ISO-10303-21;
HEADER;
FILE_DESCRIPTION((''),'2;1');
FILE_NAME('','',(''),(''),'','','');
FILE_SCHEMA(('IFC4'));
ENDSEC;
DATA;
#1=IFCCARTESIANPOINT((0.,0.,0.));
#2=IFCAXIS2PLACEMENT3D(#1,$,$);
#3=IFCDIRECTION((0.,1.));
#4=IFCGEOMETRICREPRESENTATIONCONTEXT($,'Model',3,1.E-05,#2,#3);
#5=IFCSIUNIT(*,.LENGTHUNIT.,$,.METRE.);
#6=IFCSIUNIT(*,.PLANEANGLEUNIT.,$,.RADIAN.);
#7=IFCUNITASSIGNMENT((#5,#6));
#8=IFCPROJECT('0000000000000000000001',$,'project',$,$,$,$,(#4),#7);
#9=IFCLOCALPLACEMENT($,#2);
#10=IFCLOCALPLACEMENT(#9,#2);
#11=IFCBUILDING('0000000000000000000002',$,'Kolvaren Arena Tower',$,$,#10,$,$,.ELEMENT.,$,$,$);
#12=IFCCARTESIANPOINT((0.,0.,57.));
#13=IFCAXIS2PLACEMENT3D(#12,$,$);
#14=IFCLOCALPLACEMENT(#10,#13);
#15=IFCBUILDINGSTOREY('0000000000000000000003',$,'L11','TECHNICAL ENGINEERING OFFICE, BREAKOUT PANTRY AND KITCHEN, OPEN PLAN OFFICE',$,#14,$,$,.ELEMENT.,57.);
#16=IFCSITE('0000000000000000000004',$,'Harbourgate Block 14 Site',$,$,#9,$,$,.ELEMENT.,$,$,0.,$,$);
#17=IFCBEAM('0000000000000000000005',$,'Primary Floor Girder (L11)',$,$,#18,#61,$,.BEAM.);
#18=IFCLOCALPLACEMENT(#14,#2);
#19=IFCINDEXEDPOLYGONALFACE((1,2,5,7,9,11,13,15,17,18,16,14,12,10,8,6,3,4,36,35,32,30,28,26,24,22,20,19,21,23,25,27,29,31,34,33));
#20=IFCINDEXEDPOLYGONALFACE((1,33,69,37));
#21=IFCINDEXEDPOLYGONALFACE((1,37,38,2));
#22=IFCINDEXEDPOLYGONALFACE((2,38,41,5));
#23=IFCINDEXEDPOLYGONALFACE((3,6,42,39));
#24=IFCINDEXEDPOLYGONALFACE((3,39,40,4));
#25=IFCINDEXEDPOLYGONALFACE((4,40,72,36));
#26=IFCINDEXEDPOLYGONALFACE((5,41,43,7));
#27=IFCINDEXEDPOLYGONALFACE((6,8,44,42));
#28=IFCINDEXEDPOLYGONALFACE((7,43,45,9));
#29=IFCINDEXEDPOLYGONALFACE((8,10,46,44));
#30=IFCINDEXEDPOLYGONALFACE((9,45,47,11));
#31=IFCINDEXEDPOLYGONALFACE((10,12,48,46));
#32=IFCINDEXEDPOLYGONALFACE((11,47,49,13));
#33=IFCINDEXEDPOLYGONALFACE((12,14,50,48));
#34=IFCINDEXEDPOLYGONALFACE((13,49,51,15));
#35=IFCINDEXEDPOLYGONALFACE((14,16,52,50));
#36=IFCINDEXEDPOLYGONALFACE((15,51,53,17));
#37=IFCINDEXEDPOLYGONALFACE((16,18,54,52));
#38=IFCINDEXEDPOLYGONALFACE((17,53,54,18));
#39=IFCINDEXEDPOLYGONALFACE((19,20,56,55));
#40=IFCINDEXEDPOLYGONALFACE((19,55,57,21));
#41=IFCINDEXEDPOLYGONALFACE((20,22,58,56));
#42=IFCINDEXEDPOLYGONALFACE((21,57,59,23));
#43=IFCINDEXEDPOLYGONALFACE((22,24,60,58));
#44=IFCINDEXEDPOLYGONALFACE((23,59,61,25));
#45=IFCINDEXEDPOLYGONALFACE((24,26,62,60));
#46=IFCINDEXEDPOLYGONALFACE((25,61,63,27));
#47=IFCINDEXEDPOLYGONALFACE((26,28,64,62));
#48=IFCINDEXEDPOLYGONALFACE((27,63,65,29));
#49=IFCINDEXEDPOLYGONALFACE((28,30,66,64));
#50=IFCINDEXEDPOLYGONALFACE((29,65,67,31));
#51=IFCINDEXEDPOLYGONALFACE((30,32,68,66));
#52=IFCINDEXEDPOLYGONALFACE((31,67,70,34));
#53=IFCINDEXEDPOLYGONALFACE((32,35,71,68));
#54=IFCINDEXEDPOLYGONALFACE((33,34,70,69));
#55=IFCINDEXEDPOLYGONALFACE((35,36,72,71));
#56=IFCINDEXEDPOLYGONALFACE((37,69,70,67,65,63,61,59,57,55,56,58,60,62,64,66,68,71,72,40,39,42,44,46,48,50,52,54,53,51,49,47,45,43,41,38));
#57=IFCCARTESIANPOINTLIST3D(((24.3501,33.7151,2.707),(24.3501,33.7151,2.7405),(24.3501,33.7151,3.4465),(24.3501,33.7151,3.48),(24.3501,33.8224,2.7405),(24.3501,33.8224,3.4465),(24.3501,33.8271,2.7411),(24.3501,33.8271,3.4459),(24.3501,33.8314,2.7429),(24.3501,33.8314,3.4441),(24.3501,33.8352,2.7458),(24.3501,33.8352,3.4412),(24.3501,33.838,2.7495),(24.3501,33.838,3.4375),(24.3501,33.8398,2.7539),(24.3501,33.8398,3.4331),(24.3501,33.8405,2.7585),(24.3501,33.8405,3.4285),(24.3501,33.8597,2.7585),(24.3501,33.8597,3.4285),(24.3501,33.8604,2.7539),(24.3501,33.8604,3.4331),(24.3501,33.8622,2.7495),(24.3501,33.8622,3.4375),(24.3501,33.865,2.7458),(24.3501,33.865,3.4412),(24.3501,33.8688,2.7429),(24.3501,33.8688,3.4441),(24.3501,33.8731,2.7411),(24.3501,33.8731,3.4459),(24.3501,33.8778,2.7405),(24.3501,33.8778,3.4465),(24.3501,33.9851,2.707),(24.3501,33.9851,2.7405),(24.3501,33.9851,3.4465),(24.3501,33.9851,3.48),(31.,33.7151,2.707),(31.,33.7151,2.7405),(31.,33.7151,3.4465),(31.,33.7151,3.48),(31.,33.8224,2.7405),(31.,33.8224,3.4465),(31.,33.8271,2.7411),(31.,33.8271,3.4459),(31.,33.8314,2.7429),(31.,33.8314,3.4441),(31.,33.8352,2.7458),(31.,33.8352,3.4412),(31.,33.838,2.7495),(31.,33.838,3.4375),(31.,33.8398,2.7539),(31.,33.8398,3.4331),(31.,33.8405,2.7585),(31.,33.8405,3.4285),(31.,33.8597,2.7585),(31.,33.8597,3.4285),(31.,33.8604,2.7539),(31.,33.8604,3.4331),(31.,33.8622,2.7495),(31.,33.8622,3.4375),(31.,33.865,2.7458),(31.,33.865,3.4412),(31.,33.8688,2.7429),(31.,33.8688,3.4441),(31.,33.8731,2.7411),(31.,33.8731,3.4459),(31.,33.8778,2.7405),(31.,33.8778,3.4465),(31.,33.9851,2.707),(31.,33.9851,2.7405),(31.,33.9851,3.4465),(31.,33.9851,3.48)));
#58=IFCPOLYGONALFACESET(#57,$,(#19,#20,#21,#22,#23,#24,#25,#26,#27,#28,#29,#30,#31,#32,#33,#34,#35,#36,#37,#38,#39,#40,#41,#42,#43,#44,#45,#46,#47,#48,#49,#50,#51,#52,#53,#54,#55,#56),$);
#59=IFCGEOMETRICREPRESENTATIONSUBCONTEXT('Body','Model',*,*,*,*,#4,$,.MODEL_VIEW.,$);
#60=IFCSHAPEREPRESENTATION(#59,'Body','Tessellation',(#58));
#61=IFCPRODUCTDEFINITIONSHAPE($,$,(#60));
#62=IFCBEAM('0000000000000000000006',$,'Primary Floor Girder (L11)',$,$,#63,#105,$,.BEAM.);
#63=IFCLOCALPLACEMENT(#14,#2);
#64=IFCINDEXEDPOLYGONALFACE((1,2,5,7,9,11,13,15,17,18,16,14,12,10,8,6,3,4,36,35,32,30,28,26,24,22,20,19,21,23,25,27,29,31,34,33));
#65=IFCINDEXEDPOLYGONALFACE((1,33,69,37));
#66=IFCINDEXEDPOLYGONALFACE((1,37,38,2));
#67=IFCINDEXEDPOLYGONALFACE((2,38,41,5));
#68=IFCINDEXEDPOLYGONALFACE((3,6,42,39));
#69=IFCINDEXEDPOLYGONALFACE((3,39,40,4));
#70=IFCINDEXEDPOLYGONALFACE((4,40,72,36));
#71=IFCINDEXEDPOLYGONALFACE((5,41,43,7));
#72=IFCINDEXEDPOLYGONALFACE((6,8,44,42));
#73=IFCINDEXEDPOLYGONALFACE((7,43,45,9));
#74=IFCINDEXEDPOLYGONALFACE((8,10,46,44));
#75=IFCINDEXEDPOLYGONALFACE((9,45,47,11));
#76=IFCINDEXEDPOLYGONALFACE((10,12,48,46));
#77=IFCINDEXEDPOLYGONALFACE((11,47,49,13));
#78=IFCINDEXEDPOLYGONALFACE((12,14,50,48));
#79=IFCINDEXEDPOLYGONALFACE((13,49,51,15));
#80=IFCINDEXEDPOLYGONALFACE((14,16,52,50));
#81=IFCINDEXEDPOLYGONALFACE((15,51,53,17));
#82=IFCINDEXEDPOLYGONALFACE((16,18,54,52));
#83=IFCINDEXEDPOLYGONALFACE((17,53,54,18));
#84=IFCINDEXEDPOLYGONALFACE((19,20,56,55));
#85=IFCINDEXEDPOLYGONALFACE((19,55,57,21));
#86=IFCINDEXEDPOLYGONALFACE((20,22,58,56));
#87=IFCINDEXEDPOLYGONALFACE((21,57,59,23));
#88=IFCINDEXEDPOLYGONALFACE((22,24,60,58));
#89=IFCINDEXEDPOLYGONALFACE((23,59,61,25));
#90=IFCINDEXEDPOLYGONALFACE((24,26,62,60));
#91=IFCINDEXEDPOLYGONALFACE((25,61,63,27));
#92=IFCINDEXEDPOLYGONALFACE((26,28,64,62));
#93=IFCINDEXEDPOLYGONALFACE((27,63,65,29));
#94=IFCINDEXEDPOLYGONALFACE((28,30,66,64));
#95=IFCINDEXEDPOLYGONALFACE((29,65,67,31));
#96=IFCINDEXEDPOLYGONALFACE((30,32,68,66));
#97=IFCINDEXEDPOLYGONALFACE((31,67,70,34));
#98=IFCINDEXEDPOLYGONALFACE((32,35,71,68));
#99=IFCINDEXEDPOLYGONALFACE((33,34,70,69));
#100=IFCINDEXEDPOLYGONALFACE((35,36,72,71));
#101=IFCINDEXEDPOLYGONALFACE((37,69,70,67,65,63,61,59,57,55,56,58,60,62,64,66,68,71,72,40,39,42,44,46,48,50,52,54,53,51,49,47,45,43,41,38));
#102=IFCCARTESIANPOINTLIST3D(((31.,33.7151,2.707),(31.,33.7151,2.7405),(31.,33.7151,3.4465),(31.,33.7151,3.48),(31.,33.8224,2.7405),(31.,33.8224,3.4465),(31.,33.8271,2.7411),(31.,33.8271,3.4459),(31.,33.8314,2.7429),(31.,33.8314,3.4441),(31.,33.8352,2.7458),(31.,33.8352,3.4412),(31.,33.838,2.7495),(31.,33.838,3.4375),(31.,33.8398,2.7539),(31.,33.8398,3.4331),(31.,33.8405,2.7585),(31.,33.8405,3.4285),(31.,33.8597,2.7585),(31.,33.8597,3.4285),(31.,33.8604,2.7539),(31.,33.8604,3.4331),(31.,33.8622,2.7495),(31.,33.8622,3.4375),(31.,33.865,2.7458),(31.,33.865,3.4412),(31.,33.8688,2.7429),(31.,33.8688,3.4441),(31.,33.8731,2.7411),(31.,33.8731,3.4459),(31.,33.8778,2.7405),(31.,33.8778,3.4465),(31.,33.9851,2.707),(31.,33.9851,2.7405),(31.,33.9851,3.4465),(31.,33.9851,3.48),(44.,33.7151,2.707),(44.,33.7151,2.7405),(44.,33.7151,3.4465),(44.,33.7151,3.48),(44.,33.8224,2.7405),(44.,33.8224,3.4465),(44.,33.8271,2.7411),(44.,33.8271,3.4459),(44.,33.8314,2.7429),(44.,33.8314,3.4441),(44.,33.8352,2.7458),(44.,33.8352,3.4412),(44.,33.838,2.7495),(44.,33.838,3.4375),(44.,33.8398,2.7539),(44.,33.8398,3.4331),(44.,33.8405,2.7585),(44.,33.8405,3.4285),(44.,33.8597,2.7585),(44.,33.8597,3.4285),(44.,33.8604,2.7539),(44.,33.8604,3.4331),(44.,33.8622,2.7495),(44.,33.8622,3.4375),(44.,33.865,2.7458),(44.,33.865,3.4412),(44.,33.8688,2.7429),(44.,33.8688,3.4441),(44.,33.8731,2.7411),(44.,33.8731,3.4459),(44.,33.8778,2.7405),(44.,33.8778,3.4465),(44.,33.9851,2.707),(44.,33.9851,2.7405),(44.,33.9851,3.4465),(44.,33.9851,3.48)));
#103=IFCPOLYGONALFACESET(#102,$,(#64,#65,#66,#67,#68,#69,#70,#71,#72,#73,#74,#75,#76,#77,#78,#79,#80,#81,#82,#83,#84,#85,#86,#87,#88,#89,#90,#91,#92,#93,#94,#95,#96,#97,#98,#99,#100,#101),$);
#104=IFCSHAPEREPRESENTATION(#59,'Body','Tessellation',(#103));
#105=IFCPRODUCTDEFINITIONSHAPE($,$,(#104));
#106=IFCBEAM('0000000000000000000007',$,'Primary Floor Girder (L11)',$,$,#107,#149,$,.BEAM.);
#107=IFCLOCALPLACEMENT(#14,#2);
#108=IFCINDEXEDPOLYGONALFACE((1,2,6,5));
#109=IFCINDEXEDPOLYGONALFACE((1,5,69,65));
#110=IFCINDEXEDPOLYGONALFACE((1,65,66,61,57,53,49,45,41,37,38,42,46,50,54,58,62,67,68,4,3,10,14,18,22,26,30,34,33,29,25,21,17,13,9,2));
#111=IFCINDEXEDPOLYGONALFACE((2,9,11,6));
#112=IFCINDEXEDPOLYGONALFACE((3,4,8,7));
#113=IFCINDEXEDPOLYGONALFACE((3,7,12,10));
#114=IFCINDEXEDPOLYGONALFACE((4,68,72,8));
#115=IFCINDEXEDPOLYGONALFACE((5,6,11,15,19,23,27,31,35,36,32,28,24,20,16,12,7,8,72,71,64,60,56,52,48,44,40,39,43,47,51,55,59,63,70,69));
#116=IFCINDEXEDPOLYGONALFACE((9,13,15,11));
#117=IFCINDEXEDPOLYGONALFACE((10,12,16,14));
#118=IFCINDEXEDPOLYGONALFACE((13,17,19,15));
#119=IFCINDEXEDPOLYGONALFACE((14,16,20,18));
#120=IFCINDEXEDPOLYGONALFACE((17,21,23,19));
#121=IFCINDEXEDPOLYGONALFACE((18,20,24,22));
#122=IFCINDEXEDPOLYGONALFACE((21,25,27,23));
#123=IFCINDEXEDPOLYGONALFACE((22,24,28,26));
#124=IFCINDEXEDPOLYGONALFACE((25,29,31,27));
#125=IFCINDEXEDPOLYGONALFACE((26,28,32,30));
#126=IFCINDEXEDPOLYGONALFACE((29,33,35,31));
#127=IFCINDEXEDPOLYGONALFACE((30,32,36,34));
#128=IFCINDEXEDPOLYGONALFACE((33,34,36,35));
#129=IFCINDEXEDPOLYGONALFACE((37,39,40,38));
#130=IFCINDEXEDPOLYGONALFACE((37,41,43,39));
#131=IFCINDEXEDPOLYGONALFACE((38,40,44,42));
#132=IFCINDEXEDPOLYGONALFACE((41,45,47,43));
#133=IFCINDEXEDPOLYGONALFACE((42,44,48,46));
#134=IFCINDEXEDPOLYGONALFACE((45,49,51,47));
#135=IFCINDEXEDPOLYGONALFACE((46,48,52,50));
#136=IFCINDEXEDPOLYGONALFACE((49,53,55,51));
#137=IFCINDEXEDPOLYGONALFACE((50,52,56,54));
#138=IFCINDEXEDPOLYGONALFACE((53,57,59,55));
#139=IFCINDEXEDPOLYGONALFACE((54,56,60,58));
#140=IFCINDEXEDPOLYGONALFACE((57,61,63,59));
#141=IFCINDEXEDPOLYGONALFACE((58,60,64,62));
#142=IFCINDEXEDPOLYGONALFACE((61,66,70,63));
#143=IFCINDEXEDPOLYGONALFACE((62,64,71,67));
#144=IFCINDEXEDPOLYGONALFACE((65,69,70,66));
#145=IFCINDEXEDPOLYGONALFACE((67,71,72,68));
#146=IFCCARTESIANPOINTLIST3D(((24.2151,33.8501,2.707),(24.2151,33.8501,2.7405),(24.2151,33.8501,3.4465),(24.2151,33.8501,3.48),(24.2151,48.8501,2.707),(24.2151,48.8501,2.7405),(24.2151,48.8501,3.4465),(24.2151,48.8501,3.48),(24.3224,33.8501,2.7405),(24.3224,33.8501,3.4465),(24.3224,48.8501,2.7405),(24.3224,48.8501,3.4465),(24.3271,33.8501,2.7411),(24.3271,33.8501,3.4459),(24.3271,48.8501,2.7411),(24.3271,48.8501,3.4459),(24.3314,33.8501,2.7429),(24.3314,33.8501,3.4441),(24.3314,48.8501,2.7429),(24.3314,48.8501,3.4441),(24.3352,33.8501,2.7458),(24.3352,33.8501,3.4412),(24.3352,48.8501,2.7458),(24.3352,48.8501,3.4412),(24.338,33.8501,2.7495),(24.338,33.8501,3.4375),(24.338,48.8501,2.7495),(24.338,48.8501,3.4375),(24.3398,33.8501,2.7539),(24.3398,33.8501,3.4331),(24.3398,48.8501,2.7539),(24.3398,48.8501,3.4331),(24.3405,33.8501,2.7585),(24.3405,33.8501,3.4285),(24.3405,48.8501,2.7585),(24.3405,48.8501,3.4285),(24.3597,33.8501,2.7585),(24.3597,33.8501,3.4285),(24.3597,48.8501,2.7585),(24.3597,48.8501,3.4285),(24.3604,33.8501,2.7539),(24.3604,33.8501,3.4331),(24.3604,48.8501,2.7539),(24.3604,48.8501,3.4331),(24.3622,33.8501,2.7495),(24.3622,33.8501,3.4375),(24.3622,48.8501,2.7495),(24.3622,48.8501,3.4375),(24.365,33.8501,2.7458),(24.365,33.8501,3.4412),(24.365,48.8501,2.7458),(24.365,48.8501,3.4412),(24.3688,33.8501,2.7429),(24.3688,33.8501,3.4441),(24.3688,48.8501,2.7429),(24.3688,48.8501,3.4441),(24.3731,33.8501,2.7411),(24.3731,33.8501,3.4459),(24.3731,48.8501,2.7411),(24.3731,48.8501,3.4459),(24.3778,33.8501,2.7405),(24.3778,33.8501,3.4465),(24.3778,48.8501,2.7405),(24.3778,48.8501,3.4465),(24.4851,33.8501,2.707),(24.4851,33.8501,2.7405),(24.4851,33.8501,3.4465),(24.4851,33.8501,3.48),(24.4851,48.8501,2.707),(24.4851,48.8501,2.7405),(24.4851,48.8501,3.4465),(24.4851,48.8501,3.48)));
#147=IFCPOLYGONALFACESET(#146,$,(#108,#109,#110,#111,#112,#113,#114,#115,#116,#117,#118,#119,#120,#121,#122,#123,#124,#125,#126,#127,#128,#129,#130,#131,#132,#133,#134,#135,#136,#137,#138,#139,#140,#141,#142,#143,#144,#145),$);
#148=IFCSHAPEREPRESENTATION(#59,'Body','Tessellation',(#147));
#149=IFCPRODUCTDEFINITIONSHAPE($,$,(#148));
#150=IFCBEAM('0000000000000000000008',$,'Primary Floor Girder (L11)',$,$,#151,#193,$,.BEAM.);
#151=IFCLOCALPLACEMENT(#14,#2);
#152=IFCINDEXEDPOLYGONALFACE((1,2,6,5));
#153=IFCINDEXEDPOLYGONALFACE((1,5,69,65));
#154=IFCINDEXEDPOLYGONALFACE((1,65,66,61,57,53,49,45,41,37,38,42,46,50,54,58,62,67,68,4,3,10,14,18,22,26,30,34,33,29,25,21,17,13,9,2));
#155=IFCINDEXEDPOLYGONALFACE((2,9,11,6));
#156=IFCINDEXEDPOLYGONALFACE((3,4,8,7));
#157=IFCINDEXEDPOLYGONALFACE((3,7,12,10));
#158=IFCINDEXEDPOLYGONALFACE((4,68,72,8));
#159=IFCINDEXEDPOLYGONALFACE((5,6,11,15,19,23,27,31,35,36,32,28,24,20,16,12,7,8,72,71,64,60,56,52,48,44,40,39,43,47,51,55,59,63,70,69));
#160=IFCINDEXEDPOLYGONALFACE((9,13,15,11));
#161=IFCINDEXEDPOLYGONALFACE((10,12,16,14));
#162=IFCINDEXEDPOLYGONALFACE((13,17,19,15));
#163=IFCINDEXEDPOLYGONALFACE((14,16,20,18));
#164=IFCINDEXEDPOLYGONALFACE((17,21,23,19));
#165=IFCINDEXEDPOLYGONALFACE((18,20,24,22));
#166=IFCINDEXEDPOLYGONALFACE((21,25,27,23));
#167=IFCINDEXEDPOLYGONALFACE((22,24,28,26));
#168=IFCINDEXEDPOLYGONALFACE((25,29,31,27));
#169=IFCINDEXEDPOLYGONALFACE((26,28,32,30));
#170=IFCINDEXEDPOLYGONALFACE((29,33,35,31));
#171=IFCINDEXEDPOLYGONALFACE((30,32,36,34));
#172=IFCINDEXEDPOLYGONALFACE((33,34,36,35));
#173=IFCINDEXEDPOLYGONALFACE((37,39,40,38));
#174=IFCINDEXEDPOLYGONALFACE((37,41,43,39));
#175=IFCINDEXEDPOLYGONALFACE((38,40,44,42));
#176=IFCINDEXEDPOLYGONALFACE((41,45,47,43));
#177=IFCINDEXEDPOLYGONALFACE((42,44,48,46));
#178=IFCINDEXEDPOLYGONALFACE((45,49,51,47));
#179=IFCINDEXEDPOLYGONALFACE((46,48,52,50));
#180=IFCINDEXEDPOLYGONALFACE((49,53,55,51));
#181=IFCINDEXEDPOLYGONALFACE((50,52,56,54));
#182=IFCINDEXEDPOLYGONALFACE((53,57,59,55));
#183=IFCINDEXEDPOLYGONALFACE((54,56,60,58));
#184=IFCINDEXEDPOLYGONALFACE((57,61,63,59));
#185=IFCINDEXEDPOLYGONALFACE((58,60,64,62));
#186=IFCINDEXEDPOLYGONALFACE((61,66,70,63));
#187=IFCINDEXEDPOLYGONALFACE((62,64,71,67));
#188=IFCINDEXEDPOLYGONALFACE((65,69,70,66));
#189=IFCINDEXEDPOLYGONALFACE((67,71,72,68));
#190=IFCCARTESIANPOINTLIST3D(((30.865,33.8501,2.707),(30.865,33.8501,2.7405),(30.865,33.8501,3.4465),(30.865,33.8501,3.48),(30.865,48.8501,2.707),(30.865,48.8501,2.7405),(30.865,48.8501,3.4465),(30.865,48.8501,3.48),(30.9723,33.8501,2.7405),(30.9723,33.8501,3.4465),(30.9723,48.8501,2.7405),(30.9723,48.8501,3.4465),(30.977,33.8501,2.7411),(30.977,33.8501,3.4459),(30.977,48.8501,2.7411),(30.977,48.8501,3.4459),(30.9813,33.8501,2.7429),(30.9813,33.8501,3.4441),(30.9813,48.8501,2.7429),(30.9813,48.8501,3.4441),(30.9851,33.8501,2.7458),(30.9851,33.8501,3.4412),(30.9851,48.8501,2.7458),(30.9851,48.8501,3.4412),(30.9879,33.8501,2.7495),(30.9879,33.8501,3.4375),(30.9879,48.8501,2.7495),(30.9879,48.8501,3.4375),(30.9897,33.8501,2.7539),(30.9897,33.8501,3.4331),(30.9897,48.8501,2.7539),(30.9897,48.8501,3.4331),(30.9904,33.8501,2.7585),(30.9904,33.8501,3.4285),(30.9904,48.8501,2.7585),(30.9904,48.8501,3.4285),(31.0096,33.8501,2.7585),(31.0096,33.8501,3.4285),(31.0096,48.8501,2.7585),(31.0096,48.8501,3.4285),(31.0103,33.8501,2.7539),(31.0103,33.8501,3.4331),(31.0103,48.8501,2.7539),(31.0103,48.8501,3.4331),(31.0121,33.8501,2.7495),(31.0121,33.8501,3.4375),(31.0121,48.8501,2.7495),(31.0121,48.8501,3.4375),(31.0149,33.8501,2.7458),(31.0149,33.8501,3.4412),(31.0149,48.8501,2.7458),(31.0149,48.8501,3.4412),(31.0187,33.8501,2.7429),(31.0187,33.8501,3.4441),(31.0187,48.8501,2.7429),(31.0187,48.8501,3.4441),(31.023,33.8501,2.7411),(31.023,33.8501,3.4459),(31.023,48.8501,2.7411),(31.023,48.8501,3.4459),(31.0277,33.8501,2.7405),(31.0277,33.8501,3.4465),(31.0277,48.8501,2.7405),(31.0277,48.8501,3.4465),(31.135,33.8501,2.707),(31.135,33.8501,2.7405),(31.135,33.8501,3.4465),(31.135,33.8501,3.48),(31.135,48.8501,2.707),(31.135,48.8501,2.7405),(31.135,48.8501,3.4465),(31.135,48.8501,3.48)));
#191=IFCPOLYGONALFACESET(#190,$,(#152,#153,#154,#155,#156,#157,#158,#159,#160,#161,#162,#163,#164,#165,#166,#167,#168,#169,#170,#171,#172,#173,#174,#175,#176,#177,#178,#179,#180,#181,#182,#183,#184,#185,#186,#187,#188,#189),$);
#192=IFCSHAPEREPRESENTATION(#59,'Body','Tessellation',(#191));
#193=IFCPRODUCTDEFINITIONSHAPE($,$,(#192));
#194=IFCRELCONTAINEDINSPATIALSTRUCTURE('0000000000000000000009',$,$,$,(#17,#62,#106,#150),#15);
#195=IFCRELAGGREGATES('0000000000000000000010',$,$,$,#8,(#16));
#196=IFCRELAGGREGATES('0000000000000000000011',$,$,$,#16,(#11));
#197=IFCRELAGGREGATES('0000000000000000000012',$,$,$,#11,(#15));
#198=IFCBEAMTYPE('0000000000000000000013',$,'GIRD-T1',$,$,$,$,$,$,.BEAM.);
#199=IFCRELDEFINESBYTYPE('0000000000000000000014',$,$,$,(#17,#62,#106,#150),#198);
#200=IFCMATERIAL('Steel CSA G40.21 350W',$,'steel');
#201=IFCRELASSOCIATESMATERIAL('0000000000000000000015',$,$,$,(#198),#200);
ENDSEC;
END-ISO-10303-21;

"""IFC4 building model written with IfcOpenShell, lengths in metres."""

from ifc_helpers import new_model, si_unit, direction, frame, origin, origin_2d, place, context, subcontext, project, spatial, i_section, extrude, material, material_profile, profile_set, type_object, element, save


model = new_model("IFC4")

# Units and contexts
model_context = context("Model", 3, precision=1e-05, world=origin(), true_north=direction((0.0, 1.0)))
body_context = subcontext(model_context, "Body", "Model", "MODEL_VIEW")
ifc_project = project(units=[si_unit("LENGTHUNIT", "METRE"), si_unit("PLANEANGLEUNIT", "RADIAN")], contexts=[model_context])

# Site, building, storey
site_placement = place(None, origin())
site = spatial("IfcSite", under=ifc_project, at=site_placement, Name="Harbourgate Block 14 Site", CompositionType="ELEMENT", RefElevation=0.0)
building_placement = place(site_placement, origin())
building = spatial("IfcBuilding", under=site, at=building_placement, Name="Kolvaren Arena Tower", CompositionType="ELEMENT")
storey_placement = place(building_placement, frame((0.0, 0.0, 57.0)))
storey = spatial("IfcBuildingStorey", under=building, at=storey_placement, Name="L11", Description="TECHNICAL ENGINEERING OFFICE, BREAKOUT PANTRY AND KITCHEN, OPEN PLAN OFFICE", CompositionType="ELEMENT", Elevation=57.0)

# Beams
ifc_material_1 = material(Name="Steel CSA G40.21 350W", Category="steel")
ifc_material_profile_1 = material_profile(ifc_material_1, i_section(OverallWidth=0.27, OverallDepth=0.7729, WebThickness=0.0193, FlangeThickness=0.0334, FilletRadius=0.0181, at=origin_2d()), Name="W760x257")
ifc_profile_set_1 = profile_set([ifc_material_profile_1], Name="Steel CSA G40.21 350W")
beam_type_1 = type_object("IfcBeamType", Name="GIRD-T1", PredefinedType="BEAM", material=ifc_profile_set_1)
beam_1_placement = place(storey_placement, frame((24.3501, 33.8501, 3.0935), z_axis=(1.0, 0.0, 0.0), x_axis=(0.0, 1.0, 0.0)))
element("IfcBeam", 1, at=beam_1_placement, inside=storey, type_object=beam_type_1, Name="Primary Floor Girder (L11)", PredefinedType="BEAM", context=body_context, shape_type="SweptSolid", body=[
    extrude(i_section(OverallWidth=0.27, OverallDepth=0.7729, WebThickness=0.0193, FlangeThickness=0.0334, FilletRadius=0.0181, at=origin_2d()), origin(), (0.0, 0.0, 1.0), 6.6499),
])
beam_2_placement = place(storey_placement, frame((31.0, 33.8501, 3.0935), z_axis=(1.0, 0.0, 0.0), x_axis=(0.0, 1.0, 0.0)))
element("IfcBeam", 2, at=beam_2_placement, inside=storey, type_object=beam_type_1, Name="Primary Floor Girder (L11)", PredefinedType="BEAM", context=body_context, shape_type="SweptSolid", body=[
    extrude(i_section(OverallWidth=0.27, OverallDepth=0.7729, WebThickness=0.0193, FlangeThickness=0.0334, FilletRadius=0.0181, at=origin_2d()), origin(), (0.0, 0.0, 1.0), 13.0),
])
for number, where, z_axis, x_axis, name in (
    (3, (24.3501, 33.8501, 3.0935), (0.0, 1.0, 0.0), (-1.0, 0.0, 0.0), "Primary Floor Girder (L11)"),
    (4, (31.0, 33.8501, 3.0935), (0.0, 1.0, 0.0), (-1.0, 0.0, 0.0), "Primary Floor Girder (L11)"),
):
    element("IfcBeam", number, at=place(storey_placement, frame(where, z_axis=z_axis, x_axis=x_axis)), inside=storey, type_object=beam_type_1, Name=name, PredefinedType="BEAM", context=body_context, shape_type="SweptSolid", body=[
        extrude(i_section(OverallWidth=0.27, OverallDepth=0.7729, WebThickness=0.0193, FlangeThickness=0.0334, FilletRadius=0.0181, at=origin_2d()), origin(), (0.0, 0.0, 1.0), 15.0),
    ])

save(model, "model.ifc")
